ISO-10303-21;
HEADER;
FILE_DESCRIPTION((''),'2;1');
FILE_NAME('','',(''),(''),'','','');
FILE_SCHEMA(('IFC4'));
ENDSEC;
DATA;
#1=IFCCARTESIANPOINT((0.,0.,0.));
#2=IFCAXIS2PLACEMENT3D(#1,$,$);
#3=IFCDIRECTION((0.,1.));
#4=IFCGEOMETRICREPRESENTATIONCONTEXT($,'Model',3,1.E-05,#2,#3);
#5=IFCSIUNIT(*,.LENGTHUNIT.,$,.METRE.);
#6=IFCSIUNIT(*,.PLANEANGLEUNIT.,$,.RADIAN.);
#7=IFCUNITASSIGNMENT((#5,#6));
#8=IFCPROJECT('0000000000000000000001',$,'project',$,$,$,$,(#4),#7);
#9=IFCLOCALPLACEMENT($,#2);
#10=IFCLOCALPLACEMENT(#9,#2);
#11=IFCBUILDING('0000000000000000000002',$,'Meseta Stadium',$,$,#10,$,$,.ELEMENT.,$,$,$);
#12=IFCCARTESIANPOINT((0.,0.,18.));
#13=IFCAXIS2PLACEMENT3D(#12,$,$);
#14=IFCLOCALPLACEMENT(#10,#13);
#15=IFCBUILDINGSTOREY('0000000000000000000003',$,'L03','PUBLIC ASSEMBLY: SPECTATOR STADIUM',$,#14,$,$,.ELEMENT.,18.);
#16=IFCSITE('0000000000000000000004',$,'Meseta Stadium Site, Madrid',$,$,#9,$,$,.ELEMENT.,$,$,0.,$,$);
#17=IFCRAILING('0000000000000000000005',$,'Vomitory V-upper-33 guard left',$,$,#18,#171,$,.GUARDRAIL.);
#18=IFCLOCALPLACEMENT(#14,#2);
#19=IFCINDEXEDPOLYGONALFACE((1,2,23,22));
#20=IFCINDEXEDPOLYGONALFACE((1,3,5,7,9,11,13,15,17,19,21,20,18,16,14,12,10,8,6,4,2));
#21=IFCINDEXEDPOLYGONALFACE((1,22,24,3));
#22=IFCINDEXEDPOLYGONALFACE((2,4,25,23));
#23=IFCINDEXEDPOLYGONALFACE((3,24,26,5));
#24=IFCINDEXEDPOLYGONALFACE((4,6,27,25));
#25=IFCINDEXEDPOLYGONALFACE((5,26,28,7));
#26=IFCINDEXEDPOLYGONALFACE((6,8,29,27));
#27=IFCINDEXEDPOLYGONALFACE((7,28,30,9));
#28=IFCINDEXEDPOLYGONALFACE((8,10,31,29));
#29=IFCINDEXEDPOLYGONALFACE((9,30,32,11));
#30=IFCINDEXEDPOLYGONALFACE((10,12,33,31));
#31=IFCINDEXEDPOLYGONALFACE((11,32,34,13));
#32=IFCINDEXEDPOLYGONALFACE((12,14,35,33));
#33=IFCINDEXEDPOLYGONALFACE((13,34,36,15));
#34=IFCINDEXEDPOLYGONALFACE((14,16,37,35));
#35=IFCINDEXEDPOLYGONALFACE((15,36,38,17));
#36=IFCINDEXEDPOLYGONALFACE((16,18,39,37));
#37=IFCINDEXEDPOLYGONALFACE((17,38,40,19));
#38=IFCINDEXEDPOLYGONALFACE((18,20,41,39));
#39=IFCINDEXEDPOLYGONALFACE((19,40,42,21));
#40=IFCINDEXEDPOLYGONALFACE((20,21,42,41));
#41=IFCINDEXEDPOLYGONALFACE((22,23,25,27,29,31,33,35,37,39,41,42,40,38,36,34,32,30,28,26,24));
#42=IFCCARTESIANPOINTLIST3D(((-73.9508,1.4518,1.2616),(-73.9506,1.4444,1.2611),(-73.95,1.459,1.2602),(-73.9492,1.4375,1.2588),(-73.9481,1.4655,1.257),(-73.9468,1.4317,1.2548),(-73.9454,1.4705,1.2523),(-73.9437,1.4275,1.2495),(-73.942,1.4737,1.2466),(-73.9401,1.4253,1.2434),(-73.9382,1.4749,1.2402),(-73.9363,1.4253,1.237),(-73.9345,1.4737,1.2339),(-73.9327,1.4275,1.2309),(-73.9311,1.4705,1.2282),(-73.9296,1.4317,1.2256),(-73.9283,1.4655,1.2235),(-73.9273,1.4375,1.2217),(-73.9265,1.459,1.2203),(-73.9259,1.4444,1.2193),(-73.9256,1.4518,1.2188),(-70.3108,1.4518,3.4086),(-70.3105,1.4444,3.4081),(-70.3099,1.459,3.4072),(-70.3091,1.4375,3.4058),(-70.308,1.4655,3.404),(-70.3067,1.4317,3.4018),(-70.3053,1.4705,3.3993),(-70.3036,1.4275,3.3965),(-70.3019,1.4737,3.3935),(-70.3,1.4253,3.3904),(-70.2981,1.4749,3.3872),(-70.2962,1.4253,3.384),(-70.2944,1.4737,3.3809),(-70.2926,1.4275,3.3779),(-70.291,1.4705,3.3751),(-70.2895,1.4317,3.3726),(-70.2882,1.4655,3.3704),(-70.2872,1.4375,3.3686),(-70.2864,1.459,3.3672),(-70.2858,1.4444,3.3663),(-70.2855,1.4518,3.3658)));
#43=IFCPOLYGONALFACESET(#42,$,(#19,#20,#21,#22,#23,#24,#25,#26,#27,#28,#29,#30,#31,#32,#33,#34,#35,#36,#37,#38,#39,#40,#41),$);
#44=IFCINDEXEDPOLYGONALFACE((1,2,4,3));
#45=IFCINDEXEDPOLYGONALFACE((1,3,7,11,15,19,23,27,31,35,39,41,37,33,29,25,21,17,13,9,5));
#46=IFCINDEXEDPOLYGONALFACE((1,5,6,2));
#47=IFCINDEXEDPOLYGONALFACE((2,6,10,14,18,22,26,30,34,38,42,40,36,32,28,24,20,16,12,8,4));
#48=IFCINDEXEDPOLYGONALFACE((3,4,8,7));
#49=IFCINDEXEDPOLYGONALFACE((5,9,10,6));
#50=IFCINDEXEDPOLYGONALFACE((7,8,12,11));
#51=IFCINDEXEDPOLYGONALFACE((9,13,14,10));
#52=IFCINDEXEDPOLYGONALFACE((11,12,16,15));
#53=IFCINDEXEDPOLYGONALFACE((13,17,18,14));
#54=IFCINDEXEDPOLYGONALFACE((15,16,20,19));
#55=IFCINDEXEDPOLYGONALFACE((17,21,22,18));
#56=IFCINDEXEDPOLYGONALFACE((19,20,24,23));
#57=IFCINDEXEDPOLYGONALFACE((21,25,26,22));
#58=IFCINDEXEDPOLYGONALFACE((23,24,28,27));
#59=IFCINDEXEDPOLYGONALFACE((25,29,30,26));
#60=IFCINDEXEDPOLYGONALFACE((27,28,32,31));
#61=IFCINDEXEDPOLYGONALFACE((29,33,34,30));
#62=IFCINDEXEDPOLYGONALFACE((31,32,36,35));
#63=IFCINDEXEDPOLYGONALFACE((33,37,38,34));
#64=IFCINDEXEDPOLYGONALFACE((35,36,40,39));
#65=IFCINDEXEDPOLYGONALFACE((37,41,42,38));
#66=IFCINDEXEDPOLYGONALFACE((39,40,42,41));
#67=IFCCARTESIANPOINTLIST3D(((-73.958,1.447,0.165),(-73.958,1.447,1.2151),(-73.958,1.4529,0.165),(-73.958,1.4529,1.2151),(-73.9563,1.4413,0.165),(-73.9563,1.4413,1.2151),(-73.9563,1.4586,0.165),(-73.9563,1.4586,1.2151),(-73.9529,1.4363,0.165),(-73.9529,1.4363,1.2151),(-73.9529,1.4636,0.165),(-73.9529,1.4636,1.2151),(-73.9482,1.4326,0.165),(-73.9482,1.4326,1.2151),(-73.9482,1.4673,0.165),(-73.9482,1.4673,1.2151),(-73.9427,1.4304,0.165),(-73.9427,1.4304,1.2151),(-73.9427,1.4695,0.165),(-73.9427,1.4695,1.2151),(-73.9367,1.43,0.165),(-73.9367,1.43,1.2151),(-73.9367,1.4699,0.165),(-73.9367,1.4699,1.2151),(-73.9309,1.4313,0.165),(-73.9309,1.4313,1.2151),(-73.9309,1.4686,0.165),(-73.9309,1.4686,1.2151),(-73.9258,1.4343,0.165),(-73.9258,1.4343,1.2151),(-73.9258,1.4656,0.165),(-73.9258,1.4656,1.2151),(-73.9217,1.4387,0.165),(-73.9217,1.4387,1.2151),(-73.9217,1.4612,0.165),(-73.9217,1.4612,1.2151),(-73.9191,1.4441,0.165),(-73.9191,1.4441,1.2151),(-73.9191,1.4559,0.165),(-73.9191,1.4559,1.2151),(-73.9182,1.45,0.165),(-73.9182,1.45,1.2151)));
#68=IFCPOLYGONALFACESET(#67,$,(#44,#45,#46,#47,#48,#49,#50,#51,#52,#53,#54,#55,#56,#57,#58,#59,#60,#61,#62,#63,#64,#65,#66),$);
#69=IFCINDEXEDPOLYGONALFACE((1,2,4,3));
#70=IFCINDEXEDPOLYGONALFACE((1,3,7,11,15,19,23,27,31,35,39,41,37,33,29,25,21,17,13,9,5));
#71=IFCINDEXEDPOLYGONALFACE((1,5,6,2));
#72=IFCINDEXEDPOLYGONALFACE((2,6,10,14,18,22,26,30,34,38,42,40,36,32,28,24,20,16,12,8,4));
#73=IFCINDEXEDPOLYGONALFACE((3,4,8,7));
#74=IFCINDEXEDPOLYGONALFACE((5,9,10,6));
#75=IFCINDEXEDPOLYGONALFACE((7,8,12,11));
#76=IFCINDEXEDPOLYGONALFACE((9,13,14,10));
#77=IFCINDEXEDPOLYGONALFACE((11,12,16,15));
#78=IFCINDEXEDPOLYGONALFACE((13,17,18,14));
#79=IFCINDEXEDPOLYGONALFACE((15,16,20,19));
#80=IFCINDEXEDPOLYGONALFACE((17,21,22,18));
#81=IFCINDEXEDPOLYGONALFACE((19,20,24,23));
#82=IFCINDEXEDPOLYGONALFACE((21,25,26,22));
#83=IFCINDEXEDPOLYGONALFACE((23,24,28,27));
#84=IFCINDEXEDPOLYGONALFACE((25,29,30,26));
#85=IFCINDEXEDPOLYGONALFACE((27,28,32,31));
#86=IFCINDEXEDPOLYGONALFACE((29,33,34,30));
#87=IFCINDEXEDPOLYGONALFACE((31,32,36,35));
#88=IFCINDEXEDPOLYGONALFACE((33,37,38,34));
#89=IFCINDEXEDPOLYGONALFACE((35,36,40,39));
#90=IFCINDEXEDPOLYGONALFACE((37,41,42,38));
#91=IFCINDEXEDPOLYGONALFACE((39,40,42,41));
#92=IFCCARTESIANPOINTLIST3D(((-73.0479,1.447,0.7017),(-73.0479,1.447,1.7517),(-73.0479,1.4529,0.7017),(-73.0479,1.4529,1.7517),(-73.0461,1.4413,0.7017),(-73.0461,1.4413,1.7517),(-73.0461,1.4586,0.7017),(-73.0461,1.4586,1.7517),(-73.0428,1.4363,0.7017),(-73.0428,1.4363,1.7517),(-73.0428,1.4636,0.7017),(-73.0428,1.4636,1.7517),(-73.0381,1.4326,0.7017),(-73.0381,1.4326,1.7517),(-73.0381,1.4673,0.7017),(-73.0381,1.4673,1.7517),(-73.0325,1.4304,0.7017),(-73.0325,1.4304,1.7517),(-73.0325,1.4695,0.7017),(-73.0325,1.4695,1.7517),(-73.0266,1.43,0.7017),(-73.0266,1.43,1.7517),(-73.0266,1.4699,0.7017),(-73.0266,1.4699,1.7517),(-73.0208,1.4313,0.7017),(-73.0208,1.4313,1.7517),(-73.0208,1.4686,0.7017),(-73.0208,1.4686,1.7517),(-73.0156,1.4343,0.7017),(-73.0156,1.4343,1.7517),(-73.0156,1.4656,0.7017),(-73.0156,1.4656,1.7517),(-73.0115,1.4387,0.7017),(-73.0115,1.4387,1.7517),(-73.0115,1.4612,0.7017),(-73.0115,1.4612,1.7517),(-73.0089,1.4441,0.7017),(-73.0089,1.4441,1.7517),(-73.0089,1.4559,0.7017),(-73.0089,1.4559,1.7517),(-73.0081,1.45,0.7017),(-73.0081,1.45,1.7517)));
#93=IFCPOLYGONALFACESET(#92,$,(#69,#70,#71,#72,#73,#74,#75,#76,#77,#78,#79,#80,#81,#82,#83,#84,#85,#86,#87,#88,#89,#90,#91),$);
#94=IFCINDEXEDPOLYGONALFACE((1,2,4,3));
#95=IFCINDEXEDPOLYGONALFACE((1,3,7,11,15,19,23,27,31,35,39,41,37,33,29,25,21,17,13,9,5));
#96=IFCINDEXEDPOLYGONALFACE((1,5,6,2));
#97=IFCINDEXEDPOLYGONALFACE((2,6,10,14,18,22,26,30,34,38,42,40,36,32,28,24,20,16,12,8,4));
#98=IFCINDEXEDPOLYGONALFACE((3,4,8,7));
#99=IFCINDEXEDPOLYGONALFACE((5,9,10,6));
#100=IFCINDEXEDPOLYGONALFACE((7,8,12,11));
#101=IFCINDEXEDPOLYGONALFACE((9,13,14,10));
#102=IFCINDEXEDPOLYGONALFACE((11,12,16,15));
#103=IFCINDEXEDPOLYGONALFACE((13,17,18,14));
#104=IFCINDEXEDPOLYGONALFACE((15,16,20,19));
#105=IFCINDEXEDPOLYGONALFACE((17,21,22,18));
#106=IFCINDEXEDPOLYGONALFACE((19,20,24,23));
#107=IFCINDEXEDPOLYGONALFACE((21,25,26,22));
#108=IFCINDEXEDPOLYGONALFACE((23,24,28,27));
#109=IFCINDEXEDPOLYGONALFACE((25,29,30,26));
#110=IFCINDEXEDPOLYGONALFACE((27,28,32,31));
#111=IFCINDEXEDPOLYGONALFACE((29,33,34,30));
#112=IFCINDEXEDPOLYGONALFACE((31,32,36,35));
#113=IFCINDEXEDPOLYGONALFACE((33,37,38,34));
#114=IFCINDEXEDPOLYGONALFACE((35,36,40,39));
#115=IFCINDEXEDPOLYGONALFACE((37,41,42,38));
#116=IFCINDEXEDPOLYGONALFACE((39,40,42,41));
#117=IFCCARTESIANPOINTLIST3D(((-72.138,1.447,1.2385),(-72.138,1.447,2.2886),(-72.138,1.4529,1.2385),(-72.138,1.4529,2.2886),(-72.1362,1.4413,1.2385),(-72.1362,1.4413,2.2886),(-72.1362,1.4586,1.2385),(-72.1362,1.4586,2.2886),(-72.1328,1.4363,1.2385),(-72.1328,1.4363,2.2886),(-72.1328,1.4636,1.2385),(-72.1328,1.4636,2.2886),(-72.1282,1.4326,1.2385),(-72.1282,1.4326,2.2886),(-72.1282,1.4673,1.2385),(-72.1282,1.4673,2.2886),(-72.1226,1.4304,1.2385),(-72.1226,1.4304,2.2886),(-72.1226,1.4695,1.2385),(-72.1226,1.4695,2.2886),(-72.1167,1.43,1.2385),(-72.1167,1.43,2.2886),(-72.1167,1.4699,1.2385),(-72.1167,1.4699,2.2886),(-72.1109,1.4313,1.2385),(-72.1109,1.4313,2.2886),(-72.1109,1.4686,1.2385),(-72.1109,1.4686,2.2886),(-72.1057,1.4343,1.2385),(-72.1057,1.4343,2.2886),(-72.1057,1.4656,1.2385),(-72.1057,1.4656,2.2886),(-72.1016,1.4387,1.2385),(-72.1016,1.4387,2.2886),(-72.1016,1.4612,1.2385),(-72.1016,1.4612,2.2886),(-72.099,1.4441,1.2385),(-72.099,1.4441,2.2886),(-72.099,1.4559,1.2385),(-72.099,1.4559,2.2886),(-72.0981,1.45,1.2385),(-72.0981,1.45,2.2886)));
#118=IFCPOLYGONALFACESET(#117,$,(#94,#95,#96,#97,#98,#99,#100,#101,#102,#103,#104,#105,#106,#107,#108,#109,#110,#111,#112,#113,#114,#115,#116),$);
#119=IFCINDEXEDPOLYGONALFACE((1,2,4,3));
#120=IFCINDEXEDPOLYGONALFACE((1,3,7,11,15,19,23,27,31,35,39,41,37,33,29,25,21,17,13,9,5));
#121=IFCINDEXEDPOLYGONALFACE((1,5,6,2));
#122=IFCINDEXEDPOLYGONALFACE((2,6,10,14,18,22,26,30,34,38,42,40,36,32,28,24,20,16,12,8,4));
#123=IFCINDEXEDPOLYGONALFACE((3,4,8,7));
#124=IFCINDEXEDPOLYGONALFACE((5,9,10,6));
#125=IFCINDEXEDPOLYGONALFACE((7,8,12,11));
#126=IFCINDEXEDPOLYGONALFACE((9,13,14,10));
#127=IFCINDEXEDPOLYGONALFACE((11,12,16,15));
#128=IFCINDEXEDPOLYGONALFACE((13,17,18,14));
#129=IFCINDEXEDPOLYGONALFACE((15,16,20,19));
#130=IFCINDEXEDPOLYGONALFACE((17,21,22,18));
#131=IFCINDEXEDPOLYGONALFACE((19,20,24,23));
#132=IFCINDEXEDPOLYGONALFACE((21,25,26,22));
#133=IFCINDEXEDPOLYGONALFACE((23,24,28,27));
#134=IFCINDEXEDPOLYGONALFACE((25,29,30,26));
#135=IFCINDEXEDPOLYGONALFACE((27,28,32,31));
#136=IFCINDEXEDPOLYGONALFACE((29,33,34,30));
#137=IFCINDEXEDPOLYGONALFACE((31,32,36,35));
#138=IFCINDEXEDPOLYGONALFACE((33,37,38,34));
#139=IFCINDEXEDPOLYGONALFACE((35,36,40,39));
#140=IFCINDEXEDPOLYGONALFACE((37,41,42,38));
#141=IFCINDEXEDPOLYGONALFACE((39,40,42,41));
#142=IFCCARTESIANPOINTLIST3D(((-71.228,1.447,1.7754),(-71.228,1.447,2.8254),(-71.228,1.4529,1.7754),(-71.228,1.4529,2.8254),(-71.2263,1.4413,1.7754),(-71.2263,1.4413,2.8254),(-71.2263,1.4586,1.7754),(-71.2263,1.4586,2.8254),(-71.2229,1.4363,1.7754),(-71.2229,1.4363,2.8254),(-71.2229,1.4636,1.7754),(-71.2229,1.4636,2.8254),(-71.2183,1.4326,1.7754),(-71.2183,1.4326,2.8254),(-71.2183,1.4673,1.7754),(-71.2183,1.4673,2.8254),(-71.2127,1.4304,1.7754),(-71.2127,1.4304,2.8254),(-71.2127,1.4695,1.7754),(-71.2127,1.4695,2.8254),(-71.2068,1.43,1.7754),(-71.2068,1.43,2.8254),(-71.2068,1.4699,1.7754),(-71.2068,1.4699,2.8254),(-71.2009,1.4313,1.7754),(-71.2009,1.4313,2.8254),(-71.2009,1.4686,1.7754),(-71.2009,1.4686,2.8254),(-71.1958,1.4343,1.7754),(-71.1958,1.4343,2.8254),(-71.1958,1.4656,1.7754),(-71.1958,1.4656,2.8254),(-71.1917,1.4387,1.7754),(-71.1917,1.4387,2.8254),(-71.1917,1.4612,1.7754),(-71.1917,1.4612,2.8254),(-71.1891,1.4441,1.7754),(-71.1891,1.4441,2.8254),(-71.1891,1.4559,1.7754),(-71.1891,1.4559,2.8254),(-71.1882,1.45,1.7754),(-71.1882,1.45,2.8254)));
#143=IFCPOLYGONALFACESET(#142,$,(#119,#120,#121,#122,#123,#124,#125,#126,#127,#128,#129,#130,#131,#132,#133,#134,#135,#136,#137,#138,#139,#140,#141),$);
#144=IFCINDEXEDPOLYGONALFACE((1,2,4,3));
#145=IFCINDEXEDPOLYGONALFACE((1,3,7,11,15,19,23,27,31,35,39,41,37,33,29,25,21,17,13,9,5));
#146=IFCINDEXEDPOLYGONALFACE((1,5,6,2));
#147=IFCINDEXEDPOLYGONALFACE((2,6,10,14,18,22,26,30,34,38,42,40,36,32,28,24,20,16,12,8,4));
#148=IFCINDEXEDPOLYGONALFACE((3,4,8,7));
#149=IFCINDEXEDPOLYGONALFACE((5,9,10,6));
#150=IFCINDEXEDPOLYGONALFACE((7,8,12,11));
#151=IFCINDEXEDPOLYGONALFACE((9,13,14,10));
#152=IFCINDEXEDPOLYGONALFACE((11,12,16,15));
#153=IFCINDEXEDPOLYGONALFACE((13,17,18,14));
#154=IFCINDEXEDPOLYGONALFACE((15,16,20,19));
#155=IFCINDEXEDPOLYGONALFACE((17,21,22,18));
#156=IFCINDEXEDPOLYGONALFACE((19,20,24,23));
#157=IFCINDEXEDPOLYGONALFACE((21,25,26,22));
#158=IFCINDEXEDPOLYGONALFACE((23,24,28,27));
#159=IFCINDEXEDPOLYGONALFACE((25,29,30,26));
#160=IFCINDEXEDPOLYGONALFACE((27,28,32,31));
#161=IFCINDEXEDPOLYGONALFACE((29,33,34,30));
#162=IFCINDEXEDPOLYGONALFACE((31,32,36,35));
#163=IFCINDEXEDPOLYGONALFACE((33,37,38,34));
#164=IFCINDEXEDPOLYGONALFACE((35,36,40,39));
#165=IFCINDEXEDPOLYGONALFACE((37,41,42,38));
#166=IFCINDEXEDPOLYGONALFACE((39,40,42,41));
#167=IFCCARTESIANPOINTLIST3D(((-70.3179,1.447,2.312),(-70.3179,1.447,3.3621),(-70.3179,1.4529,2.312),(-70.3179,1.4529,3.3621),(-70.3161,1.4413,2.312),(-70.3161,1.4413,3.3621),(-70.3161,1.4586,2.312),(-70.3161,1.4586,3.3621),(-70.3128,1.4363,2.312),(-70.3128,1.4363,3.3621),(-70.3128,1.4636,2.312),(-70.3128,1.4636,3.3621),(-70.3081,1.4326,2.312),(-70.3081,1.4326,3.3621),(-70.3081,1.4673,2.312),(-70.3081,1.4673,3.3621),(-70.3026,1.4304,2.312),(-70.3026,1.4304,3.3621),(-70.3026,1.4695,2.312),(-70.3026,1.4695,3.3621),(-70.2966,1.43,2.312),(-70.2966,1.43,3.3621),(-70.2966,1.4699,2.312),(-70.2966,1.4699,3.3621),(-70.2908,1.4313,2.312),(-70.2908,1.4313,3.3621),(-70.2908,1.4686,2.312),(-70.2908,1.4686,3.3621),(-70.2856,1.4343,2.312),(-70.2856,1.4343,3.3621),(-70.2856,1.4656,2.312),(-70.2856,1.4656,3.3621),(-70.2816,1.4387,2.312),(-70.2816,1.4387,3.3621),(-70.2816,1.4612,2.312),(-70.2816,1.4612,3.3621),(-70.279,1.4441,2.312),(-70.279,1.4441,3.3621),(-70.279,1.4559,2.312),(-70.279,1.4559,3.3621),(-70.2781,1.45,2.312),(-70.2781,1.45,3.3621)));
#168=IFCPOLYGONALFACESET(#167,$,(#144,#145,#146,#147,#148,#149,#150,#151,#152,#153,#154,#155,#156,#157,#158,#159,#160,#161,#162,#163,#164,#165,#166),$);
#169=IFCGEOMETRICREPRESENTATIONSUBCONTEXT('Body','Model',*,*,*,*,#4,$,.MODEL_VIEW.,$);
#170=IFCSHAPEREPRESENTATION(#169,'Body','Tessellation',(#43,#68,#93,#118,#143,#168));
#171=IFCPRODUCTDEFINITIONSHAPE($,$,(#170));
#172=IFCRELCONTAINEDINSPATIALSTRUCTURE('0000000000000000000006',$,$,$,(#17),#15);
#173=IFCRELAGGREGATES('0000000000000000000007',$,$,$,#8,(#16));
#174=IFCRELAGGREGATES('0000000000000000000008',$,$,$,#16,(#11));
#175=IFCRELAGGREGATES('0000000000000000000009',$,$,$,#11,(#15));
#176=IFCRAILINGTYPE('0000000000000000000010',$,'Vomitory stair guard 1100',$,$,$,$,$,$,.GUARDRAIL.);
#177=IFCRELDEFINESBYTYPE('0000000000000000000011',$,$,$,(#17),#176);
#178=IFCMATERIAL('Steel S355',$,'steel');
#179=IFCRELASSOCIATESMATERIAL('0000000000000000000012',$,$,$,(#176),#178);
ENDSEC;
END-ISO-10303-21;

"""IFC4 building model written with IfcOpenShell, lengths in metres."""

from ifc_helpers import new_model, si_unit, direction, frame, origin, origin_2d, place, context, subcontext, project, spatial, circle, extrude, material, type_object, element, save


model = new_model("IFC4")

# Units and contexts
model_context = context("Model", 3, precision=1e-05, world=origin(), true_north=direction((0.0, 1.0)))
body_context = subcontext(model_context, "Body", "Model", "MODEL_VIEW")
ifc_project = project(units=[si_unit("LENGTHUNIT", "METRE"), si_unit("PLANEANGLEUNIT", "RADIAN")], contexts=[model_context])

# Site, building, storey
site_placement = place(None, origin())
site = spatial("IfcSite", under=ifc_project, at=site_placement, Name="Meseta Stadium Site, Madrid", CompositionType="ELEMENT", RefElevation=0.0)
building_placement = place(site_placement, origin())
building = spatial("IfcBuilding", under=site, at=building_placement, Name="Meseta Stadium", CompositionType="ELEMENT")
storey_placement = place(building_placement, frame((0.0, 0.0, 18.0)))
storey = spatial("IfcBuildingStorey", under=building, at=storey_placement, Name="L03", Description="PUBLIC ASSEMBLY: SPECTATOR STADIUM", CompositionType="ELEMENT", Elevation=18.0)

# Railing
ifc_material_1 = material(Name="Steel S355", Category="steel")
railing_type_1 = type_object("IfcRailingType", Name="Vomitory stair guard 1100", PredefinedType="GUARDRAIL", material=ifc_material_1)
railing_1_placement = place(storey_placement, frame((-73.9382, 1.45, 0.165)))
element("IfcRailing", 1, at=railing_1_placement, inside=storey, type_object=railing_type_1, Name="Vomitory V-upper-33 guard left", PredefinedType="GUARDRAIL", context=body_context, shape_type="SweptSolid", body=[
    extrude(circle(Radius=0.0249, at=origin_2d()), frame((0.0, 0.0, 1.0752), z_axis=(0.861343, 0.0, 0.508025), x_axis=(0.0, 1.0, 0.0)), (0.0, 0.0, 1.0), 4.2261),
    extrude(circle(Radius=0.02, at=origin_2d()), origin(), (0.0, 0.0, 1.0), 1.05),
    extrude(circle(Radius=0.02, at=origin_2d()), frame((0.9102, 0.0, 0.5366)), (0.0, 0.0, 1.0), 1.05),
    extrude(circle(Radius=0.02, at=origin_2d()), frame((1.8201, 0.0, 1.0735)), (0.0, 0.0, 1.0), 1.05),
    extrude(circle(Radius=0.02, at=origin_2d()), frame((2.73, 0.0, 1.6104)), (0.0, 0.0, 1.0), 1.05),
    extrude(circle(Radius=0.02, at=origin_2d()), frame((3.6401, 0.0, 2.147)), (0.0, 0.0, 1.0), 1.05),
])

save(model, "model.ifc")
